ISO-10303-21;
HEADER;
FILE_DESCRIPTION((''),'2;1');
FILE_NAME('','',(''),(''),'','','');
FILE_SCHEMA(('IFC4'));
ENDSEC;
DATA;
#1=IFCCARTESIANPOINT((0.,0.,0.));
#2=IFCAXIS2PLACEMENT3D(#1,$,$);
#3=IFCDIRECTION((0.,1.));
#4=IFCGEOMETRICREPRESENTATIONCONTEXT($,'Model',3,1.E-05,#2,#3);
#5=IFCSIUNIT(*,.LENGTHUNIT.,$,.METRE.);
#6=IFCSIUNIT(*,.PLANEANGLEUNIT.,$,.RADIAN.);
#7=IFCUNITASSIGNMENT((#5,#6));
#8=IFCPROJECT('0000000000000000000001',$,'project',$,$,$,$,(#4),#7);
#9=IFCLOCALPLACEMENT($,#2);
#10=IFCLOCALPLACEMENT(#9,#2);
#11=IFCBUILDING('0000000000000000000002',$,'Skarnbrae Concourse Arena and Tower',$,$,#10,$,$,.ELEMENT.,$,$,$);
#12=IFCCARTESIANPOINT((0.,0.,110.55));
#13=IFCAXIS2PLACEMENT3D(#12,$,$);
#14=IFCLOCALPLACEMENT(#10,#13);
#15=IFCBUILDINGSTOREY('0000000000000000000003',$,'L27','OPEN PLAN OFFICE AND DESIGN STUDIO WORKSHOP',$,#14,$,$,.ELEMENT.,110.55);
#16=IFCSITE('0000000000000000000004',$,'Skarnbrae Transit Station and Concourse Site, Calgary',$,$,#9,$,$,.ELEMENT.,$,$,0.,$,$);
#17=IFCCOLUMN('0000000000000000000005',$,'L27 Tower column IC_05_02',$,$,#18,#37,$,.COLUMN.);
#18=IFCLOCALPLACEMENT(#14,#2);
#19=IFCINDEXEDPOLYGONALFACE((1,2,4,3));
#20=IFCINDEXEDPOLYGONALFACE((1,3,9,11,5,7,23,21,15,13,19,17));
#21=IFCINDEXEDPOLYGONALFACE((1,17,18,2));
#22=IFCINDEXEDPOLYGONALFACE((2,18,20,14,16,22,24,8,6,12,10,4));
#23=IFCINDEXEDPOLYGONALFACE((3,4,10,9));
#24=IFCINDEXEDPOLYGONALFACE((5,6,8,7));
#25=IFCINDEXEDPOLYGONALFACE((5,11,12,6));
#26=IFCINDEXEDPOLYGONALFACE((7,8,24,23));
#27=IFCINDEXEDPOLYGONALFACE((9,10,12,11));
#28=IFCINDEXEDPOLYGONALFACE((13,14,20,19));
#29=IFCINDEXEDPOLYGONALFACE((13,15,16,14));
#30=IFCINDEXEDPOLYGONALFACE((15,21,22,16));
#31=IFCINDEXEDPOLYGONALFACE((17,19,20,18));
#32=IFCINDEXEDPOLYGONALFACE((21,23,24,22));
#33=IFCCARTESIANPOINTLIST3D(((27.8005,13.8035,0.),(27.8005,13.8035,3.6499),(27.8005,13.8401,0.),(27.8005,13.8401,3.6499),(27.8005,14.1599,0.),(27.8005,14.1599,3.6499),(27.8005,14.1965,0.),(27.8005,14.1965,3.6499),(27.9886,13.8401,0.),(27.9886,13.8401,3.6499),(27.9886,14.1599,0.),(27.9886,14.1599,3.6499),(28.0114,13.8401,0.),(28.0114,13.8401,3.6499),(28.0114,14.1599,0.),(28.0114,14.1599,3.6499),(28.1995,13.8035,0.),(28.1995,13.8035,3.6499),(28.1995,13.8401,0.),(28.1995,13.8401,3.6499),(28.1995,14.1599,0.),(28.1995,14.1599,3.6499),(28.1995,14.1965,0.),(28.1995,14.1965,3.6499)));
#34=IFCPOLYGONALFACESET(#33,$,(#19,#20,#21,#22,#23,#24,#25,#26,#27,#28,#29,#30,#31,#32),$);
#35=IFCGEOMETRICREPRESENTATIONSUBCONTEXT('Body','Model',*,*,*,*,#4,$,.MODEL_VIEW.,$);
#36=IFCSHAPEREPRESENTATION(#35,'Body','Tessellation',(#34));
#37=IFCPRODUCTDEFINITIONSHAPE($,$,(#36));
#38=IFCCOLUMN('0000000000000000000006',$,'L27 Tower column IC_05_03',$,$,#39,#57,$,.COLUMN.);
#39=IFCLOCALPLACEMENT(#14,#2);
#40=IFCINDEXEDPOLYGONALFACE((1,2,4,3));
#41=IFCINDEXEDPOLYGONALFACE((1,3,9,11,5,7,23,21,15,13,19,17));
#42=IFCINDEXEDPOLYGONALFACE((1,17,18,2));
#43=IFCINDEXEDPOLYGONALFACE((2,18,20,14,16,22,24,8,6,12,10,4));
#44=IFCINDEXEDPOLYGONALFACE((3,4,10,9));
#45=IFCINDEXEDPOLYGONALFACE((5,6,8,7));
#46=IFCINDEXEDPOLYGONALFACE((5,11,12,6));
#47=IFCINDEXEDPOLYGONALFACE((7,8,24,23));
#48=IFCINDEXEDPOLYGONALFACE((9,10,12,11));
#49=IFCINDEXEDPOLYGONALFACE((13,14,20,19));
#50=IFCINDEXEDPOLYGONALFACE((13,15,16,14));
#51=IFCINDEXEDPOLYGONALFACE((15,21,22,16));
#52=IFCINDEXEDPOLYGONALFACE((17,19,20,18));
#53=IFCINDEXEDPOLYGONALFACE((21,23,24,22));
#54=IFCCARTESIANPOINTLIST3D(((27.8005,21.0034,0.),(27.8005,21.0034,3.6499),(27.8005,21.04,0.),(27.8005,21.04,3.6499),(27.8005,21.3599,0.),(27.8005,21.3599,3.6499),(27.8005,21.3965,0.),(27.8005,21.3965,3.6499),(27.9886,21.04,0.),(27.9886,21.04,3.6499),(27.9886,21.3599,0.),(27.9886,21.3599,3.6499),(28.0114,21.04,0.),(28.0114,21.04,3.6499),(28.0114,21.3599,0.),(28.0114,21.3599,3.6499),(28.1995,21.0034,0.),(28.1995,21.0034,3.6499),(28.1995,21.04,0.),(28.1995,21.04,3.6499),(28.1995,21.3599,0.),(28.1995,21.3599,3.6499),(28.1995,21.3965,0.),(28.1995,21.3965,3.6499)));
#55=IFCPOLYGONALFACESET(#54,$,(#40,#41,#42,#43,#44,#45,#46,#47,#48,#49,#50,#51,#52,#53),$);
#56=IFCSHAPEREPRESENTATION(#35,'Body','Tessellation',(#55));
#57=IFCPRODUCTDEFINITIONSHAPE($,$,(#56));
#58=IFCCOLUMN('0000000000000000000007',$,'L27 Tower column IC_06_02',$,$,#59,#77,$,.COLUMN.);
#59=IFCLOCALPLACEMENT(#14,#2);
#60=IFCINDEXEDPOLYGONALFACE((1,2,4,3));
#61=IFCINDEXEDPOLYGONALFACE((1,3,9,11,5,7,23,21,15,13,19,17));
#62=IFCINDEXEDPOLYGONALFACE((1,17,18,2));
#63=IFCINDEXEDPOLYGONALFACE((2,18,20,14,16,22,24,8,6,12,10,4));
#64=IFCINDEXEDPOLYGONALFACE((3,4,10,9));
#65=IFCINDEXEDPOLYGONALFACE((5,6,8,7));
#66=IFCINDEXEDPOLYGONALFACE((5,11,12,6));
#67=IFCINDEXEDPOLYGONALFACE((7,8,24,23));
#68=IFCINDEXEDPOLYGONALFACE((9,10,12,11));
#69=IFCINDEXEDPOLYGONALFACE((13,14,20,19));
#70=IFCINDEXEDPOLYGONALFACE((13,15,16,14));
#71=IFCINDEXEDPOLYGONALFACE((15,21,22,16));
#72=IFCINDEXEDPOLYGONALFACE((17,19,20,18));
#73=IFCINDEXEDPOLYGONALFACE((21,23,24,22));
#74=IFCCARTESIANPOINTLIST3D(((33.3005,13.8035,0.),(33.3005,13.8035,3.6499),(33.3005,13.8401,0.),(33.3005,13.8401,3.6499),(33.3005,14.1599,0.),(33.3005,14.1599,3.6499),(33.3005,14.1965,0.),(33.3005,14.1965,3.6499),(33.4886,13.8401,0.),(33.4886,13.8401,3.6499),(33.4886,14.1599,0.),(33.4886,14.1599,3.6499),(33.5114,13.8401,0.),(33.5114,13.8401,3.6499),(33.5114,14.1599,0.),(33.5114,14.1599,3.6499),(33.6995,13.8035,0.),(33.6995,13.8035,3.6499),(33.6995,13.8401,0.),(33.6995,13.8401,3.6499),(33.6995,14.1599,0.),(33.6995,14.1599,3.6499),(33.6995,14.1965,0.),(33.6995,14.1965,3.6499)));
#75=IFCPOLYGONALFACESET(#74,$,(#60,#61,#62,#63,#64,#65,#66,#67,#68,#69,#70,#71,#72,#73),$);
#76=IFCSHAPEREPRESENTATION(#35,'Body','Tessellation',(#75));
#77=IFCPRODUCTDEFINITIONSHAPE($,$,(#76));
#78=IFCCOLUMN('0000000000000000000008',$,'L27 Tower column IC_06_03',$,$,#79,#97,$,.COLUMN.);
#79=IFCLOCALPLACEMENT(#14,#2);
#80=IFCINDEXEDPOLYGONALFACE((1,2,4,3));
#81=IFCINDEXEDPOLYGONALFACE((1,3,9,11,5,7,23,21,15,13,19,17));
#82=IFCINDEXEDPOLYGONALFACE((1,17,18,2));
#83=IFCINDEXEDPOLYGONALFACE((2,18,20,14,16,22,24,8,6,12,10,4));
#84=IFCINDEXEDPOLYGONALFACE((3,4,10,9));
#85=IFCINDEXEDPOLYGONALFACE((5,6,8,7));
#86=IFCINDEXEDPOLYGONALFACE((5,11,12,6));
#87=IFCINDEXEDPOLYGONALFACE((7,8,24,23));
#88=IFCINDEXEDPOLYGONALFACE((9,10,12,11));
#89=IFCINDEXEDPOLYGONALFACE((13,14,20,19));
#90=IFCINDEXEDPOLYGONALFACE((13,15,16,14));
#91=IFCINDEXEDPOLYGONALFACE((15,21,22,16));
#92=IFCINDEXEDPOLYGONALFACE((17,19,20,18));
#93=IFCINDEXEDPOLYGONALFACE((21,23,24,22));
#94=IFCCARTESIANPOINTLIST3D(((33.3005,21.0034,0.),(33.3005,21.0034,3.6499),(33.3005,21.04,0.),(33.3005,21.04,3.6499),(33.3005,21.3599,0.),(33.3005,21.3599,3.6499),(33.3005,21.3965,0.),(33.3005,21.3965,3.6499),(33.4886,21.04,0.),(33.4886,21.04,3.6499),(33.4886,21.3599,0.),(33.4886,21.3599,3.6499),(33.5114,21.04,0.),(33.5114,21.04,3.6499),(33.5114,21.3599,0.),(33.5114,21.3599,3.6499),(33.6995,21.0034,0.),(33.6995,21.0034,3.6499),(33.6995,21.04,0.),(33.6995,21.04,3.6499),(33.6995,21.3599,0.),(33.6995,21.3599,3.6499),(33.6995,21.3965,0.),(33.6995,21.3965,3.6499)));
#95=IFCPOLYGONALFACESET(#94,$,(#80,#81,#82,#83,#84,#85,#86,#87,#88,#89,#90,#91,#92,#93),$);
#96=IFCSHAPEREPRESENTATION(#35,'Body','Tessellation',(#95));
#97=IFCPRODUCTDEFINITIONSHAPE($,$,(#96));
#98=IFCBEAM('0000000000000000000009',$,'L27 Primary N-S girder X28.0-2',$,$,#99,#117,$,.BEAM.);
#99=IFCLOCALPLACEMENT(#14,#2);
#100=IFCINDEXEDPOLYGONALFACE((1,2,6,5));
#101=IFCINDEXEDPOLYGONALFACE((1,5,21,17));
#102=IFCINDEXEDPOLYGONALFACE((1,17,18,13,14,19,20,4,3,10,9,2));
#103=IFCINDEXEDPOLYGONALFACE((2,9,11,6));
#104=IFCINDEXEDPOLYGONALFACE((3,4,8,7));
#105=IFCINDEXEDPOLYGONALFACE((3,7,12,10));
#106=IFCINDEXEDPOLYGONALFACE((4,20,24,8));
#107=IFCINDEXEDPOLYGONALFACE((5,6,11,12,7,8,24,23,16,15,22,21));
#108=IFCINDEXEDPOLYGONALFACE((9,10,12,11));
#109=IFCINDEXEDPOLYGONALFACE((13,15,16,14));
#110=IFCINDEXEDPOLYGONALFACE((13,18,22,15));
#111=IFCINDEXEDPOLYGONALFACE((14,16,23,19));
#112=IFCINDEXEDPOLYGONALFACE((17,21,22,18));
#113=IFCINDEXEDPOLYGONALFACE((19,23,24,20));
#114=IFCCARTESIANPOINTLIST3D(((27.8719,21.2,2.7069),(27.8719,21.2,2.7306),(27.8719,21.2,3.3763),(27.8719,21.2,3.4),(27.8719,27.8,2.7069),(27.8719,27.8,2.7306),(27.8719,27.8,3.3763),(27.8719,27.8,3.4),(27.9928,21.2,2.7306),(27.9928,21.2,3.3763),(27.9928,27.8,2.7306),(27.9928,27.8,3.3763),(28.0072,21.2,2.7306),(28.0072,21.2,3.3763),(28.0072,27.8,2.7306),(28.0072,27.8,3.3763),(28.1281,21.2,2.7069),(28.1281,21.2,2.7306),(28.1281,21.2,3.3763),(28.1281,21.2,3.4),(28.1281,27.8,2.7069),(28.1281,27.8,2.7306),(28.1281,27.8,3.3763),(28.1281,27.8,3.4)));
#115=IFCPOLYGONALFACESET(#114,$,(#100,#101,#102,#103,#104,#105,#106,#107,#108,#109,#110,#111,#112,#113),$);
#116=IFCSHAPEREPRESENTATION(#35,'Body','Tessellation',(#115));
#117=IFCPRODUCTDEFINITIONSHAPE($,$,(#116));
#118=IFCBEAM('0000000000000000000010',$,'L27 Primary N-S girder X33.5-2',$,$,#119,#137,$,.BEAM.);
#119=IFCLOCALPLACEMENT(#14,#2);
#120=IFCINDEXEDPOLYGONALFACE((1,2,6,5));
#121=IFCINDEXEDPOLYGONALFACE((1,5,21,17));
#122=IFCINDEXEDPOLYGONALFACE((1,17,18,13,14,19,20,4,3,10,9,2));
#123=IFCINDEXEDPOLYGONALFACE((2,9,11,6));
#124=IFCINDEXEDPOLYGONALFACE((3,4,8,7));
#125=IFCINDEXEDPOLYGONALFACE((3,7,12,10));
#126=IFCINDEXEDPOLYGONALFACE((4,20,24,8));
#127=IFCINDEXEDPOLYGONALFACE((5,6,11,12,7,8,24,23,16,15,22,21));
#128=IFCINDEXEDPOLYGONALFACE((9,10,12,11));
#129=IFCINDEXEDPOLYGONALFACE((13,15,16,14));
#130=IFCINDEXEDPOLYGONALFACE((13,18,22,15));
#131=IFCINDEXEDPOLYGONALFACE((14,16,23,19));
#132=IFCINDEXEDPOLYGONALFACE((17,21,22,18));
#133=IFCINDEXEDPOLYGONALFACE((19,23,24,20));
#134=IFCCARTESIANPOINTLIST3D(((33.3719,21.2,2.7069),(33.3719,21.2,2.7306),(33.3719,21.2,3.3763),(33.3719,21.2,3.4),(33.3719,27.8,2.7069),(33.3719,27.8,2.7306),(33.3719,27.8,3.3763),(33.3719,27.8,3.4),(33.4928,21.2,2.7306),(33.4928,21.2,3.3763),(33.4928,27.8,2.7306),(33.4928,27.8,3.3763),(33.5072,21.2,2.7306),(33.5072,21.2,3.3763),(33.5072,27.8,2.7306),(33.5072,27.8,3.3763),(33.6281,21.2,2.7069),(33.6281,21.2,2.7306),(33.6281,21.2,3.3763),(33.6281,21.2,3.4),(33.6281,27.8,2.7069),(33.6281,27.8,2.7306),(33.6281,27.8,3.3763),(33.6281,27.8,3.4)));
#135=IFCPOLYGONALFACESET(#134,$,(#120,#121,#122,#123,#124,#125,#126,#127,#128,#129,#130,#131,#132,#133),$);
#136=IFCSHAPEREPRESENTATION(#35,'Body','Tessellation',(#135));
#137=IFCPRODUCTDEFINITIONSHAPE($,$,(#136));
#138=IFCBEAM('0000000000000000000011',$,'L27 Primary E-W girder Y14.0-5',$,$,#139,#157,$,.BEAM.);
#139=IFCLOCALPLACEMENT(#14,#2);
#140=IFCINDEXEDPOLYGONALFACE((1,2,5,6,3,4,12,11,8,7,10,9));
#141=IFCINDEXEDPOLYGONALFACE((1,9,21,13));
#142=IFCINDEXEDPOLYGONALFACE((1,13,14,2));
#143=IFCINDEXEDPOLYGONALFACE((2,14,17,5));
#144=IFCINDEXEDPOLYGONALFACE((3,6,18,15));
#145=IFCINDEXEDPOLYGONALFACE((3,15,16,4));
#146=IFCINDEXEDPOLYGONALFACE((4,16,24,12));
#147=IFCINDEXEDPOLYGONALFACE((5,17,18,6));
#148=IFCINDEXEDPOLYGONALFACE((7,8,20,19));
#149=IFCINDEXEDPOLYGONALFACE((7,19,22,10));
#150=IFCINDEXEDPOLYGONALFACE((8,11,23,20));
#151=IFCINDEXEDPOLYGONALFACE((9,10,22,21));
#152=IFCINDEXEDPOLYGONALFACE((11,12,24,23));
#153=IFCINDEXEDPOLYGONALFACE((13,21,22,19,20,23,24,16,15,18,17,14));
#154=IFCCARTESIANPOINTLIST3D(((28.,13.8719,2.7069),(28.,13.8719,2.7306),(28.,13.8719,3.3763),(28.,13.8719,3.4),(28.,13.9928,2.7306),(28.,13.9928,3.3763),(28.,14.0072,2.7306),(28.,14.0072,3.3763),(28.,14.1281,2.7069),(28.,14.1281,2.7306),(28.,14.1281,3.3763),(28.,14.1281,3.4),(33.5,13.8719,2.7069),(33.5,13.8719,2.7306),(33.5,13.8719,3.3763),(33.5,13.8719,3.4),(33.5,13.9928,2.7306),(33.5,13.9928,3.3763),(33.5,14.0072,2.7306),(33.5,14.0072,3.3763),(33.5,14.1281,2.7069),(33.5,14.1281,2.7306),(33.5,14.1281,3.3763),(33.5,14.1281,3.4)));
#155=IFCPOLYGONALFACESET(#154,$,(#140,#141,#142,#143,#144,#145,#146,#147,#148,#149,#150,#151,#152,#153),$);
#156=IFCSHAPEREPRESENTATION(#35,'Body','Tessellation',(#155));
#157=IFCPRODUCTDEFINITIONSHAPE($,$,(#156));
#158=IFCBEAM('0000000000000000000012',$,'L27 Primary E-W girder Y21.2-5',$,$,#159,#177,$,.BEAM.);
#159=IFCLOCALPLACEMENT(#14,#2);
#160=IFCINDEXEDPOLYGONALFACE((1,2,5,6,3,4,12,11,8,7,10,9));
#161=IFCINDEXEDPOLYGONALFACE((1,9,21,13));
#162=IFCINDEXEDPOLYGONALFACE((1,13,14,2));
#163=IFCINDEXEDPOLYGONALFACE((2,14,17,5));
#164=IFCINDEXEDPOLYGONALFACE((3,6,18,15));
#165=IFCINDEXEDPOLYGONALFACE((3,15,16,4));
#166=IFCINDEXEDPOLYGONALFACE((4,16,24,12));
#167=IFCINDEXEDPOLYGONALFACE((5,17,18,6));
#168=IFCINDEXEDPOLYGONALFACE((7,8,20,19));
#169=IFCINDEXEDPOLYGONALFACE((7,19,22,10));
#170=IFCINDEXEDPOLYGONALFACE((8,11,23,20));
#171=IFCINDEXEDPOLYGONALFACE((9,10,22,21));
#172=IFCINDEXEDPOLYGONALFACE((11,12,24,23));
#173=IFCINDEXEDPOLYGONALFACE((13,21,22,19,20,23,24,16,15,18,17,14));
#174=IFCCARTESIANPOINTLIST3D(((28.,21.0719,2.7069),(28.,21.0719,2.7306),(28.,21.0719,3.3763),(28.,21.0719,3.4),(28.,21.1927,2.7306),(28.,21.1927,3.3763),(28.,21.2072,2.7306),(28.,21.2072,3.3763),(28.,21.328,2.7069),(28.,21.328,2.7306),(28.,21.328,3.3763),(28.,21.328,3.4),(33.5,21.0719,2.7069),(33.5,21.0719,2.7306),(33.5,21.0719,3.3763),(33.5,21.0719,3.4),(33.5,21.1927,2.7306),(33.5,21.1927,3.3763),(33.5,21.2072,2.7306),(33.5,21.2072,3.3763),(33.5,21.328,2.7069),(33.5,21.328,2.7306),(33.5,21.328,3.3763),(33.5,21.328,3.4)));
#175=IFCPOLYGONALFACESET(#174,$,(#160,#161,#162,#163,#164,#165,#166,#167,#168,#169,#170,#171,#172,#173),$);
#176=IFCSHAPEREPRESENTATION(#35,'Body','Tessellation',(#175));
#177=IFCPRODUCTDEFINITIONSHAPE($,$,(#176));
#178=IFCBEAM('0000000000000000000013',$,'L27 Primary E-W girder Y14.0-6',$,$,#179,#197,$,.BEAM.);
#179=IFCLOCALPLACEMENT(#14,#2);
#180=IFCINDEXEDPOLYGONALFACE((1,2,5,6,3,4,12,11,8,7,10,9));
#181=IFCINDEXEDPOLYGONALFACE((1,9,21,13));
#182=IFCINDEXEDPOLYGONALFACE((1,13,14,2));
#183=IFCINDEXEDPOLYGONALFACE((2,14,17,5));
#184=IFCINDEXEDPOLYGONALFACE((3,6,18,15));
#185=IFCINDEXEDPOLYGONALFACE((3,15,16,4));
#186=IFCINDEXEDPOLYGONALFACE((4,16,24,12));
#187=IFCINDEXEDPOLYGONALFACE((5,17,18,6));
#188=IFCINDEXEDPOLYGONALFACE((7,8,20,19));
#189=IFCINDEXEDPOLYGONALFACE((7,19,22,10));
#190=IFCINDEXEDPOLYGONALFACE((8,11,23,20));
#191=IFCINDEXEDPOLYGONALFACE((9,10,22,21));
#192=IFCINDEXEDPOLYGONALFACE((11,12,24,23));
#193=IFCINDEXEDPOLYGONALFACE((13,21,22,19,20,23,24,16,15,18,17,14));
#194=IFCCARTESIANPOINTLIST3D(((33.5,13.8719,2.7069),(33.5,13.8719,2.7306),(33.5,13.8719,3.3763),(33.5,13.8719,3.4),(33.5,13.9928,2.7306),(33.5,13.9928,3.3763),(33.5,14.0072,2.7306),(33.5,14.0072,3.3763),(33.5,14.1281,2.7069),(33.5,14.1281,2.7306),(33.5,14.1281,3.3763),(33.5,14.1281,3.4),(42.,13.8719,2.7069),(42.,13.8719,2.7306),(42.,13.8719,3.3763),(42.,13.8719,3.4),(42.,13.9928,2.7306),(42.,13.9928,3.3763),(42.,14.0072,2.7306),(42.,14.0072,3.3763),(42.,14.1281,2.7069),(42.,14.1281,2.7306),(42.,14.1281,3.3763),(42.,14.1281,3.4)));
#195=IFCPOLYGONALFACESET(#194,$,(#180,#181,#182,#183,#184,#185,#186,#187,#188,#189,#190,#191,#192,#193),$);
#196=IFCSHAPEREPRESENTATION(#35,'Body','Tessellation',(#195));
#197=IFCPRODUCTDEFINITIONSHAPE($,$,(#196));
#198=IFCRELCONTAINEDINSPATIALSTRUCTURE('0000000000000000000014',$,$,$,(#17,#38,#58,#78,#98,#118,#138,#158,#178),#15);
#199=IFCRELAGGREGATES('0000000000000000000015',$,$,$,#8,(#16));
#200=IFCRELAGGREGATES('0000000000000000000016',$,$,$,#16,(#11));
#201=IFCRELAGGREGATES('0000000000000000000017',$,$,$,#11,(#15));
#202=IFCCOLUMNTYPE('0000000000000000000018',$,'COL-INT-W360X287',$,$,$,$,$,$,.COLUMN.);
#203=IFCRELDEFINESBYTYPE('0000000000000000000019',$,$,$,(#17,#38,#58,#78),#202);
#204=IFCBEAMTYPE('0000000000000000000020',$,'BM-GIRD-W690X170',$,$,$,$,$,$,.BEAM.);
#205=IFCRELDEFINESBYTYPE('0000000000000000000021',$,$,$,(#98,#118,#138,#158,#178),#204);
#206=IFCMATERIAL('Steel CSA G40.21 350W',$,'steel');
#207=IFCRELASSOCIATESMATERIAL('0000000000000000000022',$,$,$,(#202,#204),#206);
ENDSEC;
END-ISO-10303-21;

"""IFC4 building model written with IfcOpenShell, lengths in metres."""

from ifc_helpers import new_model, si_unit, direction, frame, origin, origin_2d, place, context, subcontext, project, spatial, i_section, extrude, source, transform, mapped, material, material_profile, profile_set, type_object, element, save


model = new_model("IFC4")

# Units and contexts
model_context = context("Model", 3, precision=1e-05, world=origin(), true_north=direction((0.0, 1.0)))
body_context = subcontext(model_context, "Body", "Model", "MODEL_VIEW")
ifc_project = project(units=[si_unit("LENGTHUNIT", "METRE"), si_unit("PLANEANGLEUNIT", "RADIAN")], contexts=[model_context])

# Site, building, storey
site_placement = place(None, origin())
site = spatial("IfcSite", under=ifc_project, at=site_placement, Name="Skarnbrae Transit Station and Concourse Site, Calgary", CompositionType="ELEMENT", RefElevation=0.0)
building_placement = place(site_placement, origin())
building = spatial("IfcBuilding", under=site, at=building_placement, Name="Skarnbrae Concourse Arena and Tower", CompositionType="ELEMENT")
storey_placement = place(building_placement, frame((0.0, 0.0, 110.55)))
storey = spatial("IfcBuildingStorey", under=building, at=storey_placement, Name="L27", Description="OPEN PLAN OFFICE AND DESIGN STUDIO WORKSHOP", CompositionType="ELEMENT", Elevation=110.55)

# Columns
ifc_material_1 = material(Name="Steel CSA G40.21 350W", Category="steel")
ifc_material_profile_1 = material_profile(ifc_material_1, i_section(OverallWidth=0.3989, OverallDepth=0.3931, WebThickness=0.0227, FlangeThickness=0.0366, at=origin_2d()), Name="W360X287")
ifc_profile_set_1 = profile_set([ifc_material_profile_1], Name="Steel CSA G40.21 350W")
column_type = type_object("IfcColumnType", Name="COL-INT-W360X287", PredefinedType="COLUMN", material=ifc_profile_set_1)
shared_shape_1 = source(origin(), body_context, "Body", "SweptSolid", [
    extrude(i_section(OverallWidth=0.3989, OverallDepth=0.3931, WebThickness=0.0227, FlangeThickness=0.0366, at=origin_2d()), origin(), (0.0, 0.0, 1.0), 3.6499),
])
for number, where, z_axis, x_axis, name in (
    (1, (28.0, 14.0, 0.0), (0.0, 0.0, 1.0), (1.0, 0.0, 0.0), "L27 Tower column IC_05_02"),
    (2, (28.0, 21.2, 0.0), (0.0, 0.0, 1.0), (1.0, 0.0, 0.0), "L27 Tower column IC_05_03"),
    (3, (33.5, 14.0, 0.0), (0.0, 0.0, 1.0), (1.0, 0.0, 0.0), "L27 Tower column IC_06_02"),
    (4, (33.5, 21.2, 0.0), (0.0, 0.0, 1.0), (1.0, 0.0, 0.0), "L27 Tower column IC_06_03"),
):
    element("IfcColumn", number, at=place(storey_placement, frame(where, z_axis=z_axis, x_axis=x_axis)), inside=storey, type_object=column_type, Name=name, PredefinedType="COLUMN", context=body_context, shape_type="MappedRepresentation", body=[
        mapped(shared_shape_1, transform((0.0, 0.0, 0.0))),
    ])

# Beams
ifc_material_profile_2 = material_profile(ifc_material_1, i_section(OverallWidth=0.2561, OverallDepth=0.6931, WebThickness=0.0144, FlangeThickness=0.0237, at=origin_2d()), Name="W690X170")
ifc_profile_set_2 = profile_set([ifc_material_profile_2], Name="Steel CSA G40.21 350W")
beam_type_1 = type_object("IfcBeamType", Name="BM-GIRD-W690X170", PredefinedType="BEAM", material=ifc_profile_set_2)
shared_shape_2 = source(origin(), body_context, "Body", "SweptSolid", [
    extrude(i_section(OverallWidth=0.2561, OverallDepth=0.6931, WebThickness=0.0144, FlangeThickness=0.0237, at=origin_2d()), origin(), (0.0, 0.0, 1.0), 6.6001),
])
for number, where, z_axis, x_axis, name in (
    (5, (28.0, 21.2, 3.0535), (0.0, 1.0, 0.0), (-1.0, 0.0, 0.0), "L27 Primary N-S girder X28.0-2"),
    (6, (33.5, 21.2, 3.0535), (0.0, 1.0, 0.0), (-1.0, 0.0, 0.0), "L27 Primary N-S girder X33.5-2"),
):
    element("IfcBeam", number, at=place(storey_placement, frame(where, z_axis=z_axis, x_axis=x_axis)), inside=storey, type_object=beam_type_1, Name=name, PredefinedType="BEAM", context=body_context, shape_type="MappedRepresentation", body=[
        mapped(shared_shape_2, transform((0.0, 0.0, 0.0))),
    ])
shared_shape_3 = source(origin(), body_context, "Body", "SweptSolid", [
    extrude(i_section(OverallWidth=0.2561, OverallDepth=0.6931, WebThickness=0.0144, FlangeThickness=0.0237, at=origin_2d()), origin(), (0.0, 0.0, 1.0), 5.5),
])
for number, where, z_axis, x_axis, name in (
    (7, (28.0, 14.0, 3.0535), (1.0, 0.0, 0.0), (0.0, 1.0, 0.0), "L27 Primary E-W girder Y14.0-5"),
    (8, (28.0, 21.2, 3.0535), (1.0, 0.0, 0.0), (0.0, 1.0, 0.0), "L27 Primary E-W girder Y21.2-5"),
):
    element("IfcBeam", number, at=place(storey_placement, frame(where, z_axis=z_axis, x_axis=x_axis)), inside=storey, type_object=beam_type_1, Name=name, PredefinedType="BEAM", context=body_context, shape_type="MappedRepresentation", body=[
        mapped(shared_shape_3, transform((0.0, 0.0, 0.0))),
    ])
shared_shape_4 = source(origin(), body_context, "Body", "SweptSolid", [
    extrude(i_section(OverallWidth=0.2561, OverallDepth=0.6931, WebThickness=0.0144, FlangeThickness=0.0237, at=origin_2d()), origin(), (0.0, 0.0, 1.0), 8.5),
])
for number, where, z_axis, x_axis, name in (
    (9, (33.5, 14.0, 3.0535), (1.0, 0.0, 0.0), (0.0, 1.0, 0.0), "L27 Primary E-W girder Y14.0-6"),
):
    element("IfcBeam", number, at=place(storey_placement, frame(where, z_axis=z_axis, x_axis=x_axis)), inside=storey, type_object=beam_type_1, Name=name, PredefinedType="BEAM", context=body_context, shape_type="MappedRepresentation", body=[
        mapped(shared_shape_4, transform((0.0, 0.0, 0.0))),
    ])

save(model, "model.ifc")
